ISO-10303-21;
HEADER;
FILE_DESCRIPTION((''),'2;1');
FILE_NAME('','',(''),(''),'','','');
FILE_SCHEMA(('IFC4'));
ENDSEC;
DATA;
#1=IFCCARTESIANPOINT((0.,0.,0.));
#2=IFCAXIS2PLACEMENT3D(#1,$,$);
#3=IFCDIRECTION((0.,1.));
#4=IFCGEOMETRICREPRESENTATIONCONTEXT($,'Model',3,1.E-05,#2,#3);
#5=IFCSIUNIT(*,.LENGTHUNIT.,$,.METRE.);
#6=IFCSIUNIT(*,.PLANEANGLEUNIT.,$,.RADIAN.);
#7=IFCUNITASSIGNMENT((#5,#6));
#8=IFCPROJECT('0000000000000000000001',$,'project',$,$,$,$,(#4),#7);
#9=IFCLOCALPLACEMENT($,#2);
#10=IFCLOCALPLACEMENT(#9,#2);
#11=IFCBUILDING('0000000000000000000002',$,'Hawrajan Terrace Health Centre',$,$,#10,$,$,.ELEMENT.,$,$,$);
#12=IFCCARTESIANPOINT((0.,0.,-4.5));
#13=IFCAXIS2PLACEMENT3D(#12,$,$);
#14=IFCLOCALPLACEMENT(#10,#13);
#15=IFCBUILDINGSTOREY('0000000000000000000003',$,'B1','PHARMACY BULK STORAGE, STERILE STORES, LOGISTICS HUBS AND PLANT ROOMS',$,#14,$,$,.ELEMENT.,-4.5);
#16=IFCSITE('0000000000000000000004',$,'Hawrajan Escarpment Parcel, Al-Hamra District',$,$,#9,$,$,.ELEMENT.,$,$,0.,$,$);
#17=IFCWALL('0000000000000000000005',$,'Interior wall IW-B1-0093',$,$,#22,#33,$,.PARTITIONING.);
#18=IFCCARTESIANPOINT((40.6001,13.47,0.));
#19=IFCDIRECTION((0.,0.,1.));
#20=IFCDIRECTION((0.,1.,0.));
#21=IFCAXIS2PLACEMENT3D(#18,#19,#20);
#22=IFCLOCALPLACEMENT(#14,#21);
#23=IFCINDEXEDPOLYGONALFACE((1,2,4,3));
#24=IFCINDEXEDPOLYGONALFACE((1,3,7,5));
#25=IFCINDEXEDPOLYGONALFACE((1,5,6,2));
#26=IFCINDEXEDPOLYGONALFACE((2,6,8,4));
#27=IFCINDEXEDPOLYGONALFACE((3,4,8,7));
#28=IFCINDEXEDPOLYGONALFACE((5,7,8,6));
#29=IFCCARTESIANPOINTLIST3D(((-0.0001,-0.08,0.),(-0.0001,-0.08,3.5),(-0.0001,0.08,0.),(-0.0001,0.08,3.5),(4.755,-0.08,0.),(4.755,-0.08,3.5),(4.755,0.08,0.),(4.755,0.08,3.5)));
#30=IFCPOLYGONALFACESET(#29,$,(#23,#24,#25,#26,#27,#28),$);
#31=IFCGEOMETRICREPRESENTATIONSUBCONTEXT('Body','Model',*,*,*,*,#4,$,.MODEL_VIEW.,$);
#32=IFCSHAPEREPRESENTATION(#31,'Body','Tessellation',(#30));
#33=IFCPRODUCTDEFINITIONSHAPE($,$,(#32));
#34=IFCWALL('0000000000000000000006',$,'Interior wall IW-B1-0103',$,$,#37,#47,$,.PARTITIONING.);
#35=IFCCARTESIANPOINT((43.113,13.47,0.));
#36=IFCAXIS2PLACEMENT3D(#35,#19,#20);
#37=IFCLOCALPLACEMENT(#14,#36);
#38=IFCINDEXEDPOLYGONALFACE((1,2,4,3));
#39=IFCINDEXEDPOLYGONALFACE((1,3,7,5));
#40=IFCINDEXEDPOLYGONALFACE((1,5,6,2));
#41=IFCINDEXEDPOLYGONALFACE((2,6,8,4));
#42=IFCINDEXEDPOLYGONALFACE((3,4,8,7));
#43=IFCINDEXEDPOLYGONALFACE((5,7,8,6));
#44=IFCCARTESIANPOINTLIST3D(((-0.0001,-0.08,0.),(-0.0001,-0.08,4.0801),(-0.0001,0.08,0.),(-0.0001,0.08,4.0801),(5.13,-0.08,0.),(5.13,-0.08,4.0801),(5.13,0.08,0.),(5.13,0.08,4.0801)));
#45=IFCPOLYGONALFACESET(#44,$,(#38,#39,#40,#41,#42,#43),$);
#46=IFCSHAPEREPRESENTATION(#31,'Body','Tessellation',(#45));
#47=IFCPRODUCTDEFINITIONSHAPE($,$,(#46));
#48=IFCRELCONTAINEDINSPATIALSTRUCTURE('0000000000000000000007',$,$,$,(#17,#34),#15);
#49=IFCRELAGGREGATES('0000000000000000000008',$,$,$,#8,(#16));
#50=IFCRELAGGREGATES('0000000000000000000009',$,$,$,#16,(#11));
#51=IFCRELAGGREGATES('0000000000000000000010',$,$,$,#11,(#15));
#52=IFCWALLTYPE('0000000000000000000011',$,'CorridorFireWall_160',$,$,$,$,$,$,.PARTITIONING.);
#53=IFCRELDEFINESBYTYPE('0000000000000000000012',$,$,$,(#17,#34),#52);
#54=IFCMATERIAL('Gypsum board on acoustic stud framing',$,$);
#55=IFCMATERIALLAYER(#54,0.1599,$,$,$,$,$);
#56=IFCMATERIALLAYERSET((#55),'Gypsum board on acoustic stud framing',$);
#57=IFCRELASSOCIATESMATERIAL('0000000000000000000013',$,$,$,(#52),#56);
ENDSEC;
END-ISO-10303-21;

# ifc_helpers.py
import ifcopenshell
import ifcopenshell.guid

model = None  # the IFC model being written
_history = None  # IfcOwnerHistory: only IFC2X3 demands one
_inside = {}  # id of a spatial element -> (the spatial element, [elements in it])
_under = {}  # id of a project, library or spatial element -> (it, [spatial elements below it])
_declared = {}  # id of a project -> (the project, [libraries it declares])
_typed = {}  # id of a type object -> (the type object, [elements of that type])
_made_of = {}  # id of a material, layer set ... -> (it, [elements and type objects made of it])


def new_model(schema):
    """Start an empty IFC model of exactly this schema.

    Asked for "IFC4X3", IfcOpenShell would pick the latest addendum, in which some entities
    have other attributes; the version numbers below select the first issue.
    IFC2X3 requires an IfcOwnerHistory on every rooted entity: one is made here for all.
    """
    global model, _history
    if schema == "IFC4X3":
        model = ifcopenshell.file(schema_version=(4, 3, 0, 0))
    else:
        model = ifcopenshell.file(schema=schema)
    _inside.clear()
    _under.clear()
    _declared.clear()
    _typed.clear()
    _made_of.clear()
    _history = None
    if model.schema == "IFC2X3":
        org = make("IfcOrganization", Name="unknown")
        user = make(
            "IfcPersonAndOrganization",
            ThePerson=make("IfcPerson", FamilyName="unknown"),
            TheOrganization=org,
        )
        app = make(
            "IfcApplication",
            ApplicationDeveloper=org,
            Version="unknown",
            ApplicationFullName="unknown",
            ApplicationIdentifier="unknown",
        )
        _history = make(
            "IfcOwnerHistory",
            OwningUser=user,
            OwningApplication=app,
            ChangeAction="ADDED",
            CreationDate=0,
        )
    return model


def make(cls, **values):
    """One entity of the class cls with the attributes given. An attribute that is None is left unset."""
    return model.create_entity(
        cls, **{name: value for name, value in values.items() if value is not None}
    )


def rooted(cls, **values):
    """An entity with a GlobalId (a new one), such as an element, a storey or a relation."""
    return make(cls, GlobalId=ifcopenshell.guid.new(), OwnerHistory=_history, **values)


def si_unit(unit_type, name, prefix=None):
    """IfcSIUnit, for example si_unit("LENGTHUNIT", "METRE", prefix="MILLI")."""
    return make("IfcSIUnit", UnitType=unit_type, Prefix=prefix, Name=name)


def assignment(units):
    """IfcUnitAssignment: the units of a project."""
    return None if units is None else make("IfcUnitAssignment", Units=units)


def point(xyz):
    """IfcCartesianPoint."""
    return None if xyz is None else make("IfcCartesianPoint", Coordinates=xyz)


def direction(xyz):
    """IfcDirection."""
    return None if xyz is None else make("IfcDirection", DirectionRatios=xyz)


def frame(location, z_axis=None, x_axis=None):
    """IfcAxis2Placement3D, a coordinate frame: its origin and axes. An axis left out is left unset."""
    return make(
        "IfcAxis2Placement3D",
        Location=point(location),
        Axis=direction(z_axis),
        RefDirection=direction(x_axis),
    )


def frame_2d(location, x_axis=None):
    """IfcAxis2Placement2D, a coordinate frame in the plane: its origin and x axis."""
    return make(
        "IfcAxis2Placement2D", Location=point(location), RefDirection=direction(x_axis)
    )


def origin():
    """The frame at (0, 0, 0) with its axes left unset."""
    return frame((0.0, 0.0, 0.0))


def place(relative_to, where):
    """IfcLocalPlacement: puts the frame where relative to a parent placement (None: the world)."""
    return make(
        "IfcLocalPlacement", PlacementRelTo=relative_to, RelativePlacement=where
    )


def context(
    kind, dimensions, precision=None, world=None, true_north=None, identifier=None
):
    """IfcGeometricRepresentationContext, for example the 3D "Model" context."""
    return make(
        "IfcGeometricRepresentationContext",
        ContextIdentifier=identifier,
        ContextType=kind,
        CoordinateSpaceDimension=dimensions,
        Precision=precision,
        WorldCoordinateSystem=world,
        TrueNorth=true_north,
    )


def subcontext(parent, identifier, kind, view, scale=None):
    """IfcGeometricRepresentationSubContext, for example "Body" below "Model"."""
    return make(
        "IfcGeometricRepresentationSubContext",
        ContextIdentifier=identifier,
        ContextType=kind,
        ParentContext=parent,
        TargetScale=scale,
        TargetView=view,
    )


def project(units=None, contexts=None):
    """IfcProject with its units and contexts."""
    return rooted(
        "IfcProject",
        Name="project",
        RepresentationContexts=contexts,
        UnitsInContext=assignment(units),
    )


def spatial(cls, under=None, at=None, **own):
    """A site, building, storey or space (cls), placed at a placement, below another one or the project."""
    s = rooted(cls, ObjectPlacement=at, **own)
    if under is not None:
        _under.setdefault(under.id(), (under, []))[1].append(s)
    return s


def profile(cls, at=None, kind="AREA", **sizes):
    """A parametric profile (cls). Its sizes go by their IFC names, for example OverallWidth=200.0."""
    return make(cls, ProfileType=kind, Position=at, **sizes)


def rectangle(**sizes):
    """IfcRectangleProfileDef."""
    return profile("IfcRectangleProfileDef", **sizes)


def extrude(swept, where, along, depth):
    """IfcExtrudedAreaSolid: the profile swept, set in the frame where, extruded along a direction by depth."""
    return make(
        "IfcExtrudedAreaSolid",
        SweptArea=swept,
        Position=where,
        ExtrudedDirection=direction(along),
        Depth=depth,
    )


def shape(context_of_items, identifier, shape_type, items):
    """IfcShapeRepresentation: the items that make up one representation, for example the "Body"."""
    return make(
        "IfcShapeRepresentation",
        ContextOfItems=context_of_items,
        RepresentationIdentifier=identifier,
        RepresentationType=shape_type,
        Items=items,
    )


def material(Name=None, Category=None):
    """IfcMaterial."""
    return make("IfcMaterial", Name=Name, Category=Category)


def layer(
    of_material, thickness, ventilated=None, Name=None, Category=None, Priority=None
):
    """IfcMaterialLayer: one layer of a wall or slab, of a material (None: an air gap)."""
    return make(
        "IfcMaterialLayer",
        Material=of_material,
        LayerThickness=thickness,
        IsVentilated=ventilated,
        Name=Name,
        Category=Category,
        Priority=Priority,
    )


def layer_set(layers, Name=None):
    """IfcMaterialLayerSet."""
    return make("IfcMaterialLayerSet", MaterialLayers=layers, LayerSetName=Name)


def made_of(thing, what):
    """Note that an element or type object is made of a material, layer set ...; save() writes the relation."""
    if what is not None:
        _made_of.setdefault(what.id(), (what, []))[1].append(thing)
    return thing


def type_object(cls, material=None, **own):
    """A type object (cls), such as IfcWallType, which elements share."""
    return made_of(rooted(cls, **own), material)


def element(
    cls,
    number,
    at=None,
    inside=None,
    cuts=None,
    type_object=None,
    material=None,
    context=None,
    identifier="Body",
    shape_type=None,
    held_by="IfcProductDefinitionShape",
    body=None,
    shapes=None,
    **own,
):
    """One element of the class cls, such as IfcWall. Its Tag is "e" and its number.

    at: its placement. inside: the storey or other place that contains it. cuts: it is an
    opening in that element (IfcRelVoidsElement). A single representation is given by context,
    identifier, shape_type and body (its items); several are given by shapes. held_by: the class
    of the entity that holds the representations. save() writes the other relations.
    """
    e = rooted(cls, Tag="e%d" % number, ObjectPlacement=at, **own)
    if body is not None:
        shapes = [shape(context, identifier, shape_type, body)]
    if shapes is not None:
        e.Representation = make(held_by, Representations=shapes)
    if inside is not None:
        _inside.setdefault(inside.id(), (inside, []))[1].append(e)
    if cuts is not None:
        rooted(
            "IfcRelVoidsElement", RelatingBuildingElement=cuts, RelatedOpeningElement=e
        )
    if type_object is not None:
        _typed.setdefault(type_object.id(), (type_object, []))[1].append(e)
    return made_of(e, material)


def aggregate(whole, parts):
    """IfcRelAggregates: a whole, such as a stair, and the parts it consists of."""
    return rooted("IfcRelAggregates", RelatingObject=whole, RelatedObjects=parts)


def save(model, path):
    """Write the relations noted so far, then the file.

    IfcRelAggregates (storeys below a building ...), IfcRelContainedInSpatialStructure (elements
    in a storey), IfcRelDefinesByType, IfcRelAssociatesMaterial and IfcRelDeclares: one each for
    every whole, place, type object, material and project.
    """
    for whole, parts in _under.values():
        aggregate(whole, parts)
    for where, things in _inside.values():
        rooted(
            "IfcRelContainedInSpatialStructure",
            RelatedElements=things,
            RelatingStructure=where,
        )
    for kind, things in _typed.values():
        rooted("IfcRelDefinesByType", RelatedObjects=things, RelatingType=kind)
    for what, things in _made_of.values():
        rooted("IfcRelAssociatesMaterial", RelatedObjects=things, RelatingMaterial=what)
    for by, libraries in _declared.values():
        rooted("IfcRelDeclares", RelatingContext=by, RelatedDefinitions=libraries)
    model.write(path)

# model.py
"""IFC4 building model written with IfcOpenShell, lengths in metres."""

from ifc_helpers import new_model, si_unit, direction, frame, frame_2d, origin, place, context, subcontext, project, spatial, rectangle, extrude, material, layer, layer_set, type_object, element, save


model = new_model("IFC4")

# Units and contexts
model_context = context("Model", 3, precision=1e-05, world=origin(), true_north=direction((0.0, 1.0)))
body_context = subcontext(model_context, "Body", "Model", "MODEL_VIEW")
ifc_project = project(units=[si_unit("LENGTHUNIT", "METRE"), si_unit("PLANEANGLEUNIT", "RADIAN")], contexts=[model_context])

# Site, building, storey
site_placement = place(None, origin())
site = spatial("IfcSite", under=ifc_project, at=site_placement, Name="Hawrajan Escarpment Parcel, Al-Hamra District", CompositionType="ELEMENT", RefElevation=0.0)
building_placement = place(site_placement, origin())
building = spatial("IfcBuilding", under=site, at=building_placement, Name="Hawrajan Terrace Health Centre", CompositionType="ELEMENT")
storey_placement = place(building_placement, frame((0.0, 0.0, -4.5)))
storey = spatial("IfcBuildingStorey", under=building, at=storey_placement, Name="B1", Description="PHARMACY BULK STORAGE, STERILE STORES, LOGISTICS HUBS AND PLANT ROOMS", CompositionType="ELEMENT", Elevation=-4.5)

# Shared definitions
ifc_material_1 = material(Name="Gypsum board on acoustic stud framing")

# Walls
ifc_layer_1 = layer(ifc_material_1, 0.1599)
ifc_layer_set_1 = layer_set([ifc_layer_1], Name="Gypsum board on acoustic stud framing")
wall_type_1 = type_object("IfcWallType", Name="CorridorFireWall_160", PredefinedType="PARTITIONING", material=ifc_layer_set_1)
wall_1_placement = place(storey_placement, frame((40.6001, 13.47, 0.0), z_axis=(0.0, 0.0, 1.0), x_axis=(0.0, 1.0, 0.0)))
element("IfcWall", 1, at=wall_1_placement, inside=storey, type_object=wall_type_1, Name="Interior wall IW-B1-0093", PredefinedType="PARTITIONING", context=body_context, shape_type="SweptSolid", body=[
    extrude(rectangle(XDim=4.7551, YDim=0.1599, at=frame_2d((2.3774, 0.0))), origin(), (0.0, 0.0, 1.0), 3.5),
])
wall_2_placement = place(storey_placement, frame((43.113, 13.47, 0.0), z_axis=(0.0, 0.0, 1.0), x_axis=(0.0, 1.0, 0.0)))
element("IfcWall", 2, at=wall_2_placement, inside=storey, type_object=wall_type_1, Name="Interior wall IW-B1-0103", PredefinedType="PARTITIONING", context=body_context, shape_type="SweptSolid", body=[
    extrude(rectangle(XDim=5.1301, YDim=0.1599, at=frame_2d((2.5649, 0.0))), origin(), (0.0, 0.0, 1.0), 4.0801),
])

save(model, "model.ifc")
